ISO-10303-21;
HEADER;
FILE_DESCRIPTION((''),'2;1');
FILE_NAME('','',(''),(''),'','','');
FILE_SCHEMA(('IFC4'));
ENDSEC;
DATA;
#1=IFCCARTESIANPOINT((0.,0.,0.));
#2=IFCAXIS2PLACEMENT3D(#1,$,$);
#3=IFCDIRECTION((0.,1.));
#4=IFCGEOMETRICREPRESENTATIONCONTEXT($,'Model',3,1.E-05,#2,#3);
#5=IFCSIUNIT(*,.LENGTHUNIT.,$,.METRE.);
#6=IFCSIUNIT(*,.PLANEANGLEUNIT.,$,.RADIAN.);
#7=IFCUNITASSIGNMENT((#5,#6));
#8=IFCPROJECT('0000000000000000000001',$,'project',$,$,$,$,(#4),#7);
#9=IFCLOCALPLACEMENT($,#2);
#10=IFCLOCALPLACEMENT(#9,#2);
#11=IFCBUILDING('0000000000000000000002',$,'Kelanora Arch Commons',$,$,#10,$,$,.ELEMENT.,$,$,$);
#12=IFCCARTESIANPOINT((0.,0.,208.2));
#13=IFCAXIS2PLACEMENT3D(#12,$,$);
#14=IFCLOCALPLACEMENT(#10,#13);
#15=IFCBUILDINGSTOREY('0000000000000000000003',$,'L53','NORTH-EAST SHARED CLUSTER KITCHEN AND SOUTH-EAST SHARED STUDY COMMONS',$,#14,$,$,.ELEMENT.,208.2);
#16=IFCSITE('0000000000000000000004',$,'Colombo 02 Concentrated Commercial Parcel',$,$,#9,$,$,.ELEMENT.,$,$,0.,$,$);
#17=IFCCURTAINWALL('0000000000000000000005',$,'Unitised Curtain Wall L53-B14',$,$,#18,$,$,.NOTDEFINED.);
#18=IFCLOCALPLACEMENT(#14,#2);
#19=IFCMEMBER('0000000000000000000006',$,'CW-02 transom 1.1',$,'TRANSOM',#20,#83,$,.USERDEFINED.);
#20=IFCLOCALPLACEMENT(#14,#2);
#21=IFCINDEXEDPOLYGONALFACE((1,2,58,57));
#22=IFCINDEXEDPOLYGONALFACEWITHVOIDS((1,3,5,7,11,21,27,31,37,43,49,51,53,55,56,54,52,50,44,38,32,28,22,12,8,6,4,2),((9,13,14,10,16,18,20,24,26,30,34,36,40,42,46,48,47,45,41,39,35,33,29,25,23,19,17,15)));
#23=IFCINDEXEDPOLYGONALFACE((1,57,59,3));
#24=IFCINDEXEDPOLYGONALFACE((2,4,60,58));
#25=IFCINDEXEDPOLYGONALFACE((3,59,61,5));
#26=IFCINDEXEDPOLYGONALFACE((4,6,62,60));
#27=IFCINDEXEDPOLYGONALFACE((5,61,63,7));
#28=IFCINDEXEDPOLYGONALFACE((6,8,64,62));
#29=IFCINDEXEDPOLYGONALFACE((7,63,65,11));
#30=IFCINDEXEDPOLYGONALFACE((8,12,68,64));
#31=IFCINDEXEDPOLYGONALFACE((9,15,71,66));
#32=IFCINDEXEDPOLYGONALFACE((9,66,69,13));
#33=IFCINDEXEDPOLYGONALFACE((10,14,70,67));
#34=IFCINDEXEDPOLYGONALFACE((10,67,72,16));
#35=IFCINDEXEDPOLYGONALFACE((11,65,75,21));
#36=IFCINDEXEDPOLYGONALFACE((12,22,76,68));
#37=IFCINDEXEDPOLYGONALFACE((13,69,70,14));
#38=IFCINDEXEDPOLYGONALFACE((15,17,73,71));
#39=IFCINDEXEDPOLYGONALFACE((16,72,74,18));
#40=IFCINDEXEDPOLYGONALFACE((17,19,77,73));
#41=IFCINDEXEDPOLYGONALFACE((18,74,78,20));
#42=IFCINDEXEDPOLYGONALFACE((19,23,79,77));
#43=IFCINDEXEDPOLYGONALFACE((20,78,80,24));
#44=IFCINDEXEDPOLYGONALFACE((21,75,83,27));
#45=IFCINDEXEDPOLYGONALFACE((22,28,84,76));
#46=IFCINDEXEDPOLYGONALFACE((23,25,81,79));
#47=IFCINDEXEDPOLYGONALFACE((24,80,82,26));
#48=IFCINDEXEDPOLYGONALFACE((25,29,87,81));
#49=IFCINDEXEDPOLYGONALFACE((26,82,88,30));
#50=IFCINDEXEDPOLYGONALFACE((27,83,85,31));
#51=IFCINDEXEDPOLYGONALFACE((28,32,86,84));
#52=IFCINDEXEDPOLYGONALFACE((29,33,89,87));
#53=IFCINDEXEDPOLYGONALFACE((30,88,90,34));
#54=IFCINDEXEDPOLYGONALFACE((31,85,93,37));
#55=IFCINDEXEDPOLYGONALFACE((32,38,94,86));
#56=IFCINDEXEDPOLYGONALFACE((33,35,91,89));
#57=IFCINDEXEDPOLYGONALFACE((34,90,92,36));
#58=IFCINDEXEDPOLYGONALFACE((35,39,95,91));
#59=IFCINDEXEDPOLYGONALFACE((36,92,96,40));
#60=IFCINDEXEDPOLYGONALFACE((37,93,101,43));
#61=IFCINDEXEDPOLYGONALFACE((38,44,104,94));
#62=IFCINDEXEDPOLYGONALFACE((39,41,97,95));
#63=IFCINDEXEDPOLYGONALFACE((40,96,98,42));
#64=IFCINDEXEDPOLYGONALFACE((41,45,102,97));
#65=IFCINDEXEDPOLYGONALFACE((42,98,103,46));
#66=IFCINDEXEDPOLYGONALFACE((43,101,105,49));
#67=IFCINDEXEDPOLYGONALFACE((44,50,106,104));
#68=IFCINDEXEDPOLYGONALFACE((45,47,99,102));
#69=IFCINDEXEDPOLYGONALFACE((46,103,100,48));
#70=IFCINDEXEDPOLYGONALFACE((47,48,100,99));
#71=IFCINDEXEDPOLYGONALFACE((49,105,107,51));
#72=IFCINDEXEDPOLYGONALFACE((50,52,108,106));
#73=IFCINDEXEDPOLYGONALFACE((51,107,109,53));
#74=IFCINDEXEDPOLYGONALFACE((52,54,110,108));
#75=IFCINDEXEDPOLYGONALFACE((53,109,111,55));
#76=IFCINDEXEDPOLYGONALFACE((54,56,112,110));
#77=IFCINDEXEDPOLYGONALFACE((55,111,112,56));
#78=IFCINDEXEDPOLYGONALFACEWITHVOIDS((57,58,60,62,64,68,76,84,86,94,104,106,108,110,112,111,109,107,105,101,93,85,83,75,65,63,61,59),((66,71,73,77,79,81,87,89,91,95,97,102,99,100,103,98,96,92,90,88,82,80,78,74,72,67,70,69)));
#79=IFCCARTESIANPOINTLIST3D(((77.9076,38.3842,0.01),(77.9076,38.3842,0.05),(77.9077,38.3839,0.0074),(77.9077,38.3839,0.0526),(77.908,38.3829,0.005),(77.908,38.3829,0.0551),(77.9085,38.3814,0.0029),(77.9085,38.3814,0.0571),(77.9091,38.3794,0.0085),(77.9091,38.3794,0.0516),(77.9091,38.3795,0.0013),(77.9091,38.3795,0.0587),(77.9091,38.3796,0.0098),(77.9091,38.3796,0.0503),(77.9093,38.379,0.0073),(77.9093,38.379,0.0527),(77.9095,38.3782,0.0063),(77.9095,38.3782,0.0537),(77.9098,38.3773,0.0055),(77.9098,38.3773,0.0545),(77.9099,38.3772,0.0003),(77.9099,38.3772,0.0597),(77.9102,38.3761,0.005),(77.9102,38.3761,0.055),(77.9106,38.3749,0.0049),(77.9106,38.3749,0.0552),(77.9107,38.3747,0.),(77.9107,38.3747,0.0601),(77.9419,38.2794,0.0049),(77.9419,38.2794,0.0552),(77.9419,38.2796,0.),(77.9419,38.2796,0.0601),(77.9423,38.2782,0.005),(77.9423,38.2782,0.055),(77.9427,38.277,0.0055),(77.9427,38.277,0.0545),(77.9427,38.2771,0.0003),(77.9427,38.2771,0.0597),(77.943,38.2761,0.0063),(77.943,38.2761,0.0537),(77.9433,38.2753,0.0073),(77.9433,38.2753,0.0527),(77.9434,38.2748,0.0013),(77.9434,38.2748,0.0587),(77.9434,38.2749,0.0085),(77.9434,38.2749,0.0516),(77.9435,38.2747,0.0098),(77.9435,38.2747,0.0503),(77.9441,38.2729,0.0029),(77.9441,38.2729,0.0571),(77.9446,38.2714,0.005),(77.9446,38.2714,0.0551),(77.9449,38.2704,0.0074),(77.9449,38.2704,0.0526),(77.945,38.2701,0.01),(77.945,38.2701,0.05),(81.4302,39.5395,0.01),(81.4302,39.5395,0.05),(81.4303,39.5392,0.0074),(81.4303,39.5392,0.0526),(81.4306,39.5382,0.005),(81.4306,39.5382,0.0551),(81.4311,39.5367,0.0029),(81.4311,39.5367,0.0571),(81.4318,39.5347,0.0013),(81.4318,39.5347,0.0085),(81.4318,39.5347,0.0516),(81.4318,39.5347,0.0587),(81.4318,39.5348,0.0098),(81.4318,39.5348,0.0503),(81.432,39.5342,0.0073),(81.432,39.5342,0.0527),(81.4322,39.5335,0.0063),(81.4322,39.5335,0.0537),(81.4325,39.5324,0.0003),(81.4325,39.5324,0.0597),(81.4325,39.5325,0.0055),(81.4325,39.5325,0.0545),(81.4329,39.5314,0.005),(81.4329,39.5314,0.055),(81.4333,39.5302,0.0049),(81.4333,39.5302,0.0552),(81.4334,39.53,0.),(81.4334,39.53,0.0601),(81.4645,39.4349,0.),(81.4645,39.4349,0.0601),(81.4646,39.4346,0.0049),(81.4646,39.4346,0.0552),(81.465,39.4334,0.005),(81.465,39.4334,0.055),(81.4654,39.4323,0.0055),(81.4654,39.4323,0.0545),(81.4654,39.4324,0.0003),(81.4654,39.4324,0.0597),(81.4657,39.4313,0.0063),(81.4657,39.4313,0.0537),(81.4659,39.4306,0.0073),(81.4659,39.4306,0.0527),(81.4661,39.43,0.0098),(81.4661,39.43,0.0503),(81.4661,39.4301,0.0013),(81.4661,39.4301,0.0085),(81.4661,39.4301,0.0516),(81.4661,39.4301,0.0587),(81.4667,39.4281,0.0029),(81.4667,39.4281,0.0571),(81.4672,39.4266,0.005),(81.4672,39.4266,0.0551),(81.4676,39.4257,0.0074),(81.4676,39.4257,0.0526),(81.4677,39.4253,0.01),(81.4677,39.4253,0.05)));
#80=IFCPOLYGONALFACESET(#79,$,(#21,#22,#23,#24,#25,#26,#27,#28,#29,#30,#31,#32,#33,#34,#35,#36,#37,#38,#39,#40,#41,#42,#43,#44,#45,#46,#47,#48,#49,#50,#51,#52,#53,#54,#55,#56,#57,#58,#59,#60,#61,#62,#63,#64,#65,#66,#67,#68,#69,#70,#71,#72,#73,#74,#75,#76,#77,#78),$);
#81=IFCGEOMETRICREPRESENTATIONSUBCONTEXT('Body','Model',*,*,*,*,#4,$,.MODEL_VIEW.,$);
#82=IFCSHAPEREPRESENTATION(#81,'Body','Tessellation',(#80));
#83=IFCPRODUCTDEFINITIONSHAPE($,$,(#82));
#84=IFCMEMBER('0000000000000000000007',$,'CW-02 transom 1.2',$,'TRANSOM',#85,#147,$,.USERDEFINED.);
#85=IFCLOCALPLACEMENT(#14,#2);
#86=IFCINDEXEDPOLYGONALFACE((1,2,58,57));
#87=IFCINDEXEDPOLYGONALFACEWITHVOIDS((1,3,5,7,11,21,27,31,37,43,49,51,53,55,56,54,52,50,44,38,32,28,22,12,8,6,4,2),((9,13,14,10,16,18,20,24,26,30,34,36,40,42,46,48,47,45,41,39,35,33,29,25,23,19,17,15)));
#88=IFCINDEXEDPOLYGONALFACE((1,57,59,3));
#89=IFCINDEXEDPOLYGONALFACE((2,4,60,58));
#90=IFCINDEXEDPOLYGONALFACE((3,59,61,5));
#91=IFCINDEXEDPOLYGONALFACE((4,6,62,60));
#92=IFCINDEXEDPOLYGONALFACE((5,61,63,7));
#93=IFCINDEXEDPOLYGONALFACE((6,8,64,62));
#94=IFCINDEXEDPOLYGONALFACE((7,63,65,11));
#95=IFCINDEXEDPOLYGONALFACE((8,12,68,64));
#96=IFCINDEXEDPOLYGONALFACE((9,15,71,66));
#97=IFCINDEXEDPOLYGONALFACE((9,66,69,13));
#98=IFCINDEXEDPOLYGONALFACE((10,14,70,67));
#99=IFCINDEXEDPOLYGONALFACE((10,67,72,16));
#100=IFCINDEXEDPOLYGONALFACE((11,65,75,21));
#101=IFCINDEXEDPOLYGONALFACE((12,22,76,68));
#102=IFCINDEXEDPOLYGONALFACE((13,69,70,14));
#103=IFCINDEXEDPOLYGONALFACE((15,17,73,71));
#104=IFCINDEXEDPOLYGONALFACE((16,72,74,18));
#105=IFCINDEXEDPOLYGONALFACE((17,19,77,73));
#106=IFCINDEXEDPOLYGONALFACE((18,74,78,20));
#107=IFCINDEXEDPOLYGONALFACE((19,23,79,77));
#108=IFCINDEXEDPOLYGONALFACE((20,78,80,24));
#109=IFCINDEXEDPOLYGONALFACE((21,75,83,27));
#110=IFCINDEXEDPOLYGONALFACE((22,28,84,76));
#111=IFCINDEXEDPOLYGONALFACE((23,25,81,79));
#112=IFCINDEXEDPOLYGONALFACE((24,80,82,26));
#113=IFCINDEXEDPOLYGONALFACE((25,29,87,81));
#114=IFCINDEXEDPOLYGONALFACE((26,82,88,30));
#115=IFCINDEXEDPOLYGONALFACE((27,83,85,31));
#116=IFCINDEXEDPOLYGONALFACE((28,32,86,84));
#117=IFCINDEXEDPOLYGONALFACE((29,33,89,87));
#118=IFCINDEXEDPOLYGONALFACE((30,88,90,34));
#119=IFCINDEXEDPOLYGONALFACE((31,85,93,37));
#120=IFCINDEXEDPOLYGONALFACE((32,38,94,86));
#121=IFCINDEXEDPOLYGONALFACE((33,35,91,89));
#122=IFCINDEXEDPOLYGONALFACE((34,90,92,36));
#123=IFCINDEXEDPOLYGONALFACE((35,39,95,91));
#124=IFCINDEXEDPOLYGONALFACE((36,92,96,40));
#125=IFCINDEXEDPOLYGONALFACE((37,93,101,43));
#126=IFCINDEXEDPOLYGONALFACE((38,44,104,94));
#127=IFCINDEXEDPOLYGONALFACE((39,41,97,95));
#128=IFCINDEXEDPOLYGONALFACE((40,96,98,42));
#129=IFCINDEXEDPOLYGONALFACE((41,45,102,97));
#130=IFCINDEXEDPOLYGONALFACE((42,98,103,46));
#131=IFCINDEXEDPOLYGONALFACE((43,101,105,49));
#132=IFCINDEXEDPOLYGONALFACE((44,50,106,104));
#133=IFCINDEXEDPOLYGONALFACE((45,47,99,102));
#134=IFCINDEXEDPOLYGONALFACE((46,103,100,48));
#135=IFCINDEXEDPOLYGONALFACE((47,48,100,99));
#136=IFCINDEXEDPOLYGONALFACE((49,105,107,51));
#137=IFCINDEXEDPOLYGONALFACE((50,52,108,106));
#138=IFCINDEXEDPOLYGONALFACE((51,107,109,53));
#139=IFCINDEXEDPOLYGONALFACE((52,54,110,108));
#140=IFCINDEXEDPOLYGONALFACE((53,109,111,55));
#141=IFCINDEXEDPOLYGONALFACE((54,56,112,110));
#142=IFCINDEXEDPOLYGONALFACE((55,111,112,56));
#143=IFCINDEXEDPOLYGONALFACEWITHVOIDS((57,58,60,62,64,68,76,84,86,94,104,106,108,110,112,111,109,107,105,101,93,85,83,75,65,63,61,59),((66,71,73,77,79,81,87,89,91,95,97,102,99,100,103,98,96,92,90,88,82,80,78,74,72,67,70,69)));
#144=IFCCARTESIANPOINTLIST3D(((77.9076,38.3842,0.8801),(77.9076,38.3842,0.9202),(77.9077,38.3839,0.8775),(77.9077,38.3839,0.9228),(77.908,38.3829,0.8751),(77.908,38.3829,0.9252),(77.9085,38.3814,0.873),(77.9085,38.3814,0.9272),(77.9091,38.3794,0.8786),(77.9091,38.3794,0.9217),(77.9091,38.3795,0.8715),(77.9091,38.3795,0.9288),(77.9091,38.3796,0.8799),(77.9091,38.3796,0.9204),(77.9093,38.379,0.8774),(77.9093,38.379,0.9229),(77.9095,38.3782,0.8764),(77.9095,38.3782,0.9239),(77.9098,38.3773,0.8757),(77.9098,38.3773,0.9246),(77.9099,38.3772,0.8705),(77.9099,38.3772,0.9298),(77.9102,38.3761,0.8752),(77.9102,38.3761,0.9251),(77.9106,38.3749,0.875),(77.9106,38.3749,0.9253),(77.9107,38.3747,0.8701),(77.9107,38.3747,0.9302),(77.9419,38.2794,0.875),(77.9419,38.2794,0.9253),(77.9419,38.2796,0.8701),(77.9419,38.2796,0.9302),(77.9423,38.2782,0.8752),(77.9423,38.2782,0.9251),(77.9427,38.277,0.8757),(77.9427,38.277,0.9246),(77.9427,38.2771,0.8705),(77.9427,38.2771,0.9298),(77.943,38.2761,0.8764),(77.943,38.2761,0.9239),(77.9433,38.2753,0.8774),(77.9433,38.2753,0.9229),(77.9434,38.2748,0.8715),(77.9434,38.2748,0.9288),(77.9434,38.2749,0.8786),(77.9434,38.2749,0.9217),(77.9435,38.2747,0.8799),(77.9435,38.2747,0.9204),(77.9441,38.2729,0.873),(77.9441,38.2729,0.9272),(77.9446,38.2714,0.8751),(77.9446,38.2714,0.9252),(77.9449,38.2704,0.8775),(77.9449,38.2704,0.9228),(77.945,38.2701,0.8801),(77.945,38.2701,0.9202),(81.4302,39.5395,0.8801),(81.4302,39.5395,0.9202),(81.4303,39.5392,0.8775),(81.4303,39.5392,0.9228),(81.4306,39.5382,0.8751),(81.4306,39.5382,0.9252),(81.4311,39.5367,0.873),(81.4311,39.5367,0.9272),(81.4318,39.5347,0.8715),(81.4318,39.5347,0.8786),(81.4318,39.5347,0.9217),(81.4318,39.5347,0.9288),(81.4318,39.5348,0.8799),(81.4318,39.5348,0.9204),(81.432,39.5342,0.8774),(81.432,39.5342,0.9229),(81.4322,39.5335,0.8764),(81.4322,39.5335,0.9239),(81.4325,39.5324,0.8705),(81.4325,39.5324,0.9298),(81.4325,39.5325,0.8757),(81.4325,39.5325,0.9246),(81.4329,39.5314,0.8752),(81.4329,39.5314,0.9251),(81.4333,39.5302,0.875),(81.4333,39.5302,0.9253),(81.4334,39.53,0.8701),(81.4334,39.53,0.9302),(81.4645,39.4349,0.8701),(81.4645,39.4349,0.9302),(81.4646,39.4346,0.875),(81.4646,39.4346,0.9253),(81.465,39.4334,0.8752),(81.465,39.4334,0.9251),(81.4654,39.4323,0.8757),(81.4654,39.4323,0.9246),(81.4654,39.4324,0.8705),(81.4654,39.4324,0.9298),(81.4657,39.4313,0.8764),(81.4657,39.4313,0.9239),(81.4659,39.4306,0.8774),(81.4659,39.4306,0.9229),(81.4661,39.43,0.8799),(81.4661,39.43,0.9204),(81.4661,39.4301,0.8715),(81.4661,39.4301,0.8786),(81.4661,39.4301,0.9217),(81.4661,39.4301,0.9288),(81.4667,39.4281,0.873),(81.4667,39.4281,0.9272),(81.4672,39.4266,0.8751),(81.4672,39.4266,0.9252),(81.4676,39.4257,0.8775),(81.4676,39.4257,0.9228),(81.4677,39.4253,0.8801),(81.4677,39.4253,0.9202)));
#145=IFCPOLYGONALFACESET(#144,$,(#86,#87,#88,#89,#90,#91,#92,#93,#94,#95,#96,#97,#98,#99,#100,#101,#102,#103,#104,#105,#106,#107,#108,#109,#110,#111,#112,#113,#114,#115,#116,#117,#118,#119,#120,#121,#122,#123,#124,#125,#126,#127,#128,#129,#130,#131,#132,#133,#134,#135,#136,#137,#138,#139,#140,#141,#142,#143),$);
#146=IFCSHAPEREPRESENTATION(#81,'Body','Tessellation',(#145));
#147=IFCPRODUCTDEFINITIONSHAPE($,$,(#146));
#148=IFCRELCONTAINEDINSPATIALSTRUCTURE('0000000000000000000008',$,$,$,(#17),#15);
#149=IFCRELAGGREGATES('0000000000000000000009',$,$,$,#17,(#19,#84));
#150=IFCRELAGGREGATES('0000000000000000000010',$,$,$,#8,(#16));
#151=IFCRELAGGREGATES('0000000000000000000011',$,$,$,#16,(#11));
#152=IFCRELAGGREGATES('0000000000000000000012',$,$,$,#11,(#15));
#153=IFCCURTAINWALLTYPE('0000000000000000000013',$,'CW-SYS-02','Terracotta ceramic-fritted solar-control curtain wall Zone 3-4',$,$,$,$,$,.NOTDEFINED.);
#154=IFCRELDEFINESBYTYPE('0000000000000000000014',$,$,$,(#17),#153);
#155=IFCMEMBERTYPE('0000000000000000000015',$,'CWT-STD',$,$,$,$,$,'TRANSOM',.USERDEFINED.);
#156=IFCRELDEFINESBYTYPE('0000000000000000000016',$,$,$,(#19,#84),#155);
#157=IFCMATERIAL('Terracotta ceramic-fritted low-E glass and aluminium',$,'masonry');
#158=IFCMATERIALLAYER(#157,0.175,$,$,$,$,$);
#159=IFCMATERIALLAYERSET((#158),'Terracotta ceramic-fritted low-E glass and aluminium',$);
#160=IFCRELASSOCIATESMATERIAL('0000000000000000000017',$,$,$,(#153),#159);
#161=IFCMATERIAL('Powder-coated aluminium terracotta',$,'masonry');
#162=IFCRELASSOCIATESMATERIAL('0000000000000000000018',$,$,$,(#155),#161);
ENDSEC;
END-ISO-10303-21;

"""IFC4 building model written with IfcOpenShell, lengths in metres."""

from ifc_helpers import new_model, si_unit, direction, frame, origin, origin_2d, place, context, subcontext, project, spatial, hollow_rectangle, extrude, material, layer, layer_set, material_profile, profile_set, type_object, element, aggregate, save


model = new_model("IFC4")

# Units and contexts
model_context = context("Model", 3, precision=1e-05, world=origin(), true_north=direction((0.0, 1.0)))
body_context = subcontext(model_context, "Body", "Model", "MODEL_VIEW")
ifc_project = project(units=[si_unit("LENGTHUNIT", "METRE"), si_unit("PLANEANGLEUNIT", "RADIAN")], contexts=[model_context])

# Site, building, storey
site_placement = place(None, origin())
site = spatial("IfcSite", under=ifc_project, at=site_placement, Name="Colombo 02 Concentrated Commercial Parcel", CompositionType="ELEMENT", RefElevation=0.0)
building_placement = place(site_placement, origin())
building = spatial("IfcBuilding", under=site, at=building_placement, Name="Kelanora Arch Commons", CompositionType="ELEMENT")
storey_placement = place(building_placement, frame((0.0, 0.0, 208.2)))
storey = spatial("IfcBuildingStorey", under=building, at=storey_placement, Name="L53", Description="NORTH-EAST SHARED CLUSTER KITCHEN AND SOUTH-EAST SHARED STUDY COMMONS", CompositionType="ELEMENT", Elevation=208.2)

# Curtain wall, members
ifc_material_1 = material(Name="Terracotta ceramic-fritted low-E glass and aluminium", Category="masonry")
ifc_layer_1 = layer(ifc_material_1, 0.175)
ifc_layer_set_1 = layer_set([ifc_layer_1], Name="Terracotta ceramic-fritted low-E glass and aluminium")
curtain_wall_type = type_object("IfcCurtainWallType", Name="CW-SYS-02", Description="Terracotta ceramic-fritted solar-control curtain wall Zone 3-4", PredefinedType="NOTDEFINED", material=ifc_layer_set_1)
curtain_wall_placement = place(storey_placement, origin())
curtain_wall = element("IfcCurtainWall", 1, at=curtain_wall_placement, inside=storey, type_object=curtain_wall_type, Name="Unitised Curtain Wall L53-B14", PredefinedType="NOTDEFINED")
ifc_material_2 = material(Name="Powder-coated aluminium terracotta", Category="masonry")
ifc_material_profile_1 = material_profile(ifc_material_2, hollow_rectangle(XDim=0.1201, YDim=0.0601, WallThickness=0.0049, InnerFilletRadius=0.0049, OuterFilletRadius=0.01, at=origin_2d()), Name="CWT120x60")
ifc_profile_set_1 = profile_set([ifc_material_profile_1], Name="Powder-coated aluminium terracotta")
member_type_1 = type_object("IfcMemberType", Name="CWT-STD", ElementType="TRANSOM", PredefinedType="USERDEFINED", material=ifc_profile_set_1)
member_1_placement = place(storey_placement, frame((77.9263, 38.3271, 0.03), z_axis=(0.950207, 0.311621, 0.0), x_axis=(-0.311621, 0.950207, 0.0)))
member_1 = element("IfcMember", 2, at=member_1_placement, type_object=member_type_1, Name="CW-02 transom 1.1", ObjectType="TRANSOM", PredefinedType="USERDEFINED", context=body_context, shape_type="SweptSolid", body=[
    extrude(hollow_rectangle(XDim=0.1201, YDim=0.0601, WallThickness=0.0049, InnerFilletRadius=0.0049, OuterFilletRadius=0.01, at=origin_2d()), origin(), (0.0, 0.0, 1.0), 3.7073),
])
member_2_placement = place(storey_placement, frame((77.9263, 38.3271, 0.9001), z_axis=(0.950207, 0.311621, 0.0), x_axis=(-0.311621, 0.950207, 0.0)))
member_2 = element("IfcMember", 3, at=member_2_placement, type_object=member_type_1, Name="CW-02 transom 1.2", ObjectType="TRANSOM", PredefinedType="USERDEFINED", context=body_context, shape_type="SweptSolid", body=[
    extrude(hollow_rectangle(XDim=0.1201, YDim=0.0601, WallThickness=0.0049, InnerFilletRadius=0.0049, OuterFilletRadius=0.01, at=origin_2d()), origin(), (0.0, 0.0, 1.0), 3.7073),
])
aggregate(curtain_wall, [member_1, member_2])

save(model, "model.ifc")
